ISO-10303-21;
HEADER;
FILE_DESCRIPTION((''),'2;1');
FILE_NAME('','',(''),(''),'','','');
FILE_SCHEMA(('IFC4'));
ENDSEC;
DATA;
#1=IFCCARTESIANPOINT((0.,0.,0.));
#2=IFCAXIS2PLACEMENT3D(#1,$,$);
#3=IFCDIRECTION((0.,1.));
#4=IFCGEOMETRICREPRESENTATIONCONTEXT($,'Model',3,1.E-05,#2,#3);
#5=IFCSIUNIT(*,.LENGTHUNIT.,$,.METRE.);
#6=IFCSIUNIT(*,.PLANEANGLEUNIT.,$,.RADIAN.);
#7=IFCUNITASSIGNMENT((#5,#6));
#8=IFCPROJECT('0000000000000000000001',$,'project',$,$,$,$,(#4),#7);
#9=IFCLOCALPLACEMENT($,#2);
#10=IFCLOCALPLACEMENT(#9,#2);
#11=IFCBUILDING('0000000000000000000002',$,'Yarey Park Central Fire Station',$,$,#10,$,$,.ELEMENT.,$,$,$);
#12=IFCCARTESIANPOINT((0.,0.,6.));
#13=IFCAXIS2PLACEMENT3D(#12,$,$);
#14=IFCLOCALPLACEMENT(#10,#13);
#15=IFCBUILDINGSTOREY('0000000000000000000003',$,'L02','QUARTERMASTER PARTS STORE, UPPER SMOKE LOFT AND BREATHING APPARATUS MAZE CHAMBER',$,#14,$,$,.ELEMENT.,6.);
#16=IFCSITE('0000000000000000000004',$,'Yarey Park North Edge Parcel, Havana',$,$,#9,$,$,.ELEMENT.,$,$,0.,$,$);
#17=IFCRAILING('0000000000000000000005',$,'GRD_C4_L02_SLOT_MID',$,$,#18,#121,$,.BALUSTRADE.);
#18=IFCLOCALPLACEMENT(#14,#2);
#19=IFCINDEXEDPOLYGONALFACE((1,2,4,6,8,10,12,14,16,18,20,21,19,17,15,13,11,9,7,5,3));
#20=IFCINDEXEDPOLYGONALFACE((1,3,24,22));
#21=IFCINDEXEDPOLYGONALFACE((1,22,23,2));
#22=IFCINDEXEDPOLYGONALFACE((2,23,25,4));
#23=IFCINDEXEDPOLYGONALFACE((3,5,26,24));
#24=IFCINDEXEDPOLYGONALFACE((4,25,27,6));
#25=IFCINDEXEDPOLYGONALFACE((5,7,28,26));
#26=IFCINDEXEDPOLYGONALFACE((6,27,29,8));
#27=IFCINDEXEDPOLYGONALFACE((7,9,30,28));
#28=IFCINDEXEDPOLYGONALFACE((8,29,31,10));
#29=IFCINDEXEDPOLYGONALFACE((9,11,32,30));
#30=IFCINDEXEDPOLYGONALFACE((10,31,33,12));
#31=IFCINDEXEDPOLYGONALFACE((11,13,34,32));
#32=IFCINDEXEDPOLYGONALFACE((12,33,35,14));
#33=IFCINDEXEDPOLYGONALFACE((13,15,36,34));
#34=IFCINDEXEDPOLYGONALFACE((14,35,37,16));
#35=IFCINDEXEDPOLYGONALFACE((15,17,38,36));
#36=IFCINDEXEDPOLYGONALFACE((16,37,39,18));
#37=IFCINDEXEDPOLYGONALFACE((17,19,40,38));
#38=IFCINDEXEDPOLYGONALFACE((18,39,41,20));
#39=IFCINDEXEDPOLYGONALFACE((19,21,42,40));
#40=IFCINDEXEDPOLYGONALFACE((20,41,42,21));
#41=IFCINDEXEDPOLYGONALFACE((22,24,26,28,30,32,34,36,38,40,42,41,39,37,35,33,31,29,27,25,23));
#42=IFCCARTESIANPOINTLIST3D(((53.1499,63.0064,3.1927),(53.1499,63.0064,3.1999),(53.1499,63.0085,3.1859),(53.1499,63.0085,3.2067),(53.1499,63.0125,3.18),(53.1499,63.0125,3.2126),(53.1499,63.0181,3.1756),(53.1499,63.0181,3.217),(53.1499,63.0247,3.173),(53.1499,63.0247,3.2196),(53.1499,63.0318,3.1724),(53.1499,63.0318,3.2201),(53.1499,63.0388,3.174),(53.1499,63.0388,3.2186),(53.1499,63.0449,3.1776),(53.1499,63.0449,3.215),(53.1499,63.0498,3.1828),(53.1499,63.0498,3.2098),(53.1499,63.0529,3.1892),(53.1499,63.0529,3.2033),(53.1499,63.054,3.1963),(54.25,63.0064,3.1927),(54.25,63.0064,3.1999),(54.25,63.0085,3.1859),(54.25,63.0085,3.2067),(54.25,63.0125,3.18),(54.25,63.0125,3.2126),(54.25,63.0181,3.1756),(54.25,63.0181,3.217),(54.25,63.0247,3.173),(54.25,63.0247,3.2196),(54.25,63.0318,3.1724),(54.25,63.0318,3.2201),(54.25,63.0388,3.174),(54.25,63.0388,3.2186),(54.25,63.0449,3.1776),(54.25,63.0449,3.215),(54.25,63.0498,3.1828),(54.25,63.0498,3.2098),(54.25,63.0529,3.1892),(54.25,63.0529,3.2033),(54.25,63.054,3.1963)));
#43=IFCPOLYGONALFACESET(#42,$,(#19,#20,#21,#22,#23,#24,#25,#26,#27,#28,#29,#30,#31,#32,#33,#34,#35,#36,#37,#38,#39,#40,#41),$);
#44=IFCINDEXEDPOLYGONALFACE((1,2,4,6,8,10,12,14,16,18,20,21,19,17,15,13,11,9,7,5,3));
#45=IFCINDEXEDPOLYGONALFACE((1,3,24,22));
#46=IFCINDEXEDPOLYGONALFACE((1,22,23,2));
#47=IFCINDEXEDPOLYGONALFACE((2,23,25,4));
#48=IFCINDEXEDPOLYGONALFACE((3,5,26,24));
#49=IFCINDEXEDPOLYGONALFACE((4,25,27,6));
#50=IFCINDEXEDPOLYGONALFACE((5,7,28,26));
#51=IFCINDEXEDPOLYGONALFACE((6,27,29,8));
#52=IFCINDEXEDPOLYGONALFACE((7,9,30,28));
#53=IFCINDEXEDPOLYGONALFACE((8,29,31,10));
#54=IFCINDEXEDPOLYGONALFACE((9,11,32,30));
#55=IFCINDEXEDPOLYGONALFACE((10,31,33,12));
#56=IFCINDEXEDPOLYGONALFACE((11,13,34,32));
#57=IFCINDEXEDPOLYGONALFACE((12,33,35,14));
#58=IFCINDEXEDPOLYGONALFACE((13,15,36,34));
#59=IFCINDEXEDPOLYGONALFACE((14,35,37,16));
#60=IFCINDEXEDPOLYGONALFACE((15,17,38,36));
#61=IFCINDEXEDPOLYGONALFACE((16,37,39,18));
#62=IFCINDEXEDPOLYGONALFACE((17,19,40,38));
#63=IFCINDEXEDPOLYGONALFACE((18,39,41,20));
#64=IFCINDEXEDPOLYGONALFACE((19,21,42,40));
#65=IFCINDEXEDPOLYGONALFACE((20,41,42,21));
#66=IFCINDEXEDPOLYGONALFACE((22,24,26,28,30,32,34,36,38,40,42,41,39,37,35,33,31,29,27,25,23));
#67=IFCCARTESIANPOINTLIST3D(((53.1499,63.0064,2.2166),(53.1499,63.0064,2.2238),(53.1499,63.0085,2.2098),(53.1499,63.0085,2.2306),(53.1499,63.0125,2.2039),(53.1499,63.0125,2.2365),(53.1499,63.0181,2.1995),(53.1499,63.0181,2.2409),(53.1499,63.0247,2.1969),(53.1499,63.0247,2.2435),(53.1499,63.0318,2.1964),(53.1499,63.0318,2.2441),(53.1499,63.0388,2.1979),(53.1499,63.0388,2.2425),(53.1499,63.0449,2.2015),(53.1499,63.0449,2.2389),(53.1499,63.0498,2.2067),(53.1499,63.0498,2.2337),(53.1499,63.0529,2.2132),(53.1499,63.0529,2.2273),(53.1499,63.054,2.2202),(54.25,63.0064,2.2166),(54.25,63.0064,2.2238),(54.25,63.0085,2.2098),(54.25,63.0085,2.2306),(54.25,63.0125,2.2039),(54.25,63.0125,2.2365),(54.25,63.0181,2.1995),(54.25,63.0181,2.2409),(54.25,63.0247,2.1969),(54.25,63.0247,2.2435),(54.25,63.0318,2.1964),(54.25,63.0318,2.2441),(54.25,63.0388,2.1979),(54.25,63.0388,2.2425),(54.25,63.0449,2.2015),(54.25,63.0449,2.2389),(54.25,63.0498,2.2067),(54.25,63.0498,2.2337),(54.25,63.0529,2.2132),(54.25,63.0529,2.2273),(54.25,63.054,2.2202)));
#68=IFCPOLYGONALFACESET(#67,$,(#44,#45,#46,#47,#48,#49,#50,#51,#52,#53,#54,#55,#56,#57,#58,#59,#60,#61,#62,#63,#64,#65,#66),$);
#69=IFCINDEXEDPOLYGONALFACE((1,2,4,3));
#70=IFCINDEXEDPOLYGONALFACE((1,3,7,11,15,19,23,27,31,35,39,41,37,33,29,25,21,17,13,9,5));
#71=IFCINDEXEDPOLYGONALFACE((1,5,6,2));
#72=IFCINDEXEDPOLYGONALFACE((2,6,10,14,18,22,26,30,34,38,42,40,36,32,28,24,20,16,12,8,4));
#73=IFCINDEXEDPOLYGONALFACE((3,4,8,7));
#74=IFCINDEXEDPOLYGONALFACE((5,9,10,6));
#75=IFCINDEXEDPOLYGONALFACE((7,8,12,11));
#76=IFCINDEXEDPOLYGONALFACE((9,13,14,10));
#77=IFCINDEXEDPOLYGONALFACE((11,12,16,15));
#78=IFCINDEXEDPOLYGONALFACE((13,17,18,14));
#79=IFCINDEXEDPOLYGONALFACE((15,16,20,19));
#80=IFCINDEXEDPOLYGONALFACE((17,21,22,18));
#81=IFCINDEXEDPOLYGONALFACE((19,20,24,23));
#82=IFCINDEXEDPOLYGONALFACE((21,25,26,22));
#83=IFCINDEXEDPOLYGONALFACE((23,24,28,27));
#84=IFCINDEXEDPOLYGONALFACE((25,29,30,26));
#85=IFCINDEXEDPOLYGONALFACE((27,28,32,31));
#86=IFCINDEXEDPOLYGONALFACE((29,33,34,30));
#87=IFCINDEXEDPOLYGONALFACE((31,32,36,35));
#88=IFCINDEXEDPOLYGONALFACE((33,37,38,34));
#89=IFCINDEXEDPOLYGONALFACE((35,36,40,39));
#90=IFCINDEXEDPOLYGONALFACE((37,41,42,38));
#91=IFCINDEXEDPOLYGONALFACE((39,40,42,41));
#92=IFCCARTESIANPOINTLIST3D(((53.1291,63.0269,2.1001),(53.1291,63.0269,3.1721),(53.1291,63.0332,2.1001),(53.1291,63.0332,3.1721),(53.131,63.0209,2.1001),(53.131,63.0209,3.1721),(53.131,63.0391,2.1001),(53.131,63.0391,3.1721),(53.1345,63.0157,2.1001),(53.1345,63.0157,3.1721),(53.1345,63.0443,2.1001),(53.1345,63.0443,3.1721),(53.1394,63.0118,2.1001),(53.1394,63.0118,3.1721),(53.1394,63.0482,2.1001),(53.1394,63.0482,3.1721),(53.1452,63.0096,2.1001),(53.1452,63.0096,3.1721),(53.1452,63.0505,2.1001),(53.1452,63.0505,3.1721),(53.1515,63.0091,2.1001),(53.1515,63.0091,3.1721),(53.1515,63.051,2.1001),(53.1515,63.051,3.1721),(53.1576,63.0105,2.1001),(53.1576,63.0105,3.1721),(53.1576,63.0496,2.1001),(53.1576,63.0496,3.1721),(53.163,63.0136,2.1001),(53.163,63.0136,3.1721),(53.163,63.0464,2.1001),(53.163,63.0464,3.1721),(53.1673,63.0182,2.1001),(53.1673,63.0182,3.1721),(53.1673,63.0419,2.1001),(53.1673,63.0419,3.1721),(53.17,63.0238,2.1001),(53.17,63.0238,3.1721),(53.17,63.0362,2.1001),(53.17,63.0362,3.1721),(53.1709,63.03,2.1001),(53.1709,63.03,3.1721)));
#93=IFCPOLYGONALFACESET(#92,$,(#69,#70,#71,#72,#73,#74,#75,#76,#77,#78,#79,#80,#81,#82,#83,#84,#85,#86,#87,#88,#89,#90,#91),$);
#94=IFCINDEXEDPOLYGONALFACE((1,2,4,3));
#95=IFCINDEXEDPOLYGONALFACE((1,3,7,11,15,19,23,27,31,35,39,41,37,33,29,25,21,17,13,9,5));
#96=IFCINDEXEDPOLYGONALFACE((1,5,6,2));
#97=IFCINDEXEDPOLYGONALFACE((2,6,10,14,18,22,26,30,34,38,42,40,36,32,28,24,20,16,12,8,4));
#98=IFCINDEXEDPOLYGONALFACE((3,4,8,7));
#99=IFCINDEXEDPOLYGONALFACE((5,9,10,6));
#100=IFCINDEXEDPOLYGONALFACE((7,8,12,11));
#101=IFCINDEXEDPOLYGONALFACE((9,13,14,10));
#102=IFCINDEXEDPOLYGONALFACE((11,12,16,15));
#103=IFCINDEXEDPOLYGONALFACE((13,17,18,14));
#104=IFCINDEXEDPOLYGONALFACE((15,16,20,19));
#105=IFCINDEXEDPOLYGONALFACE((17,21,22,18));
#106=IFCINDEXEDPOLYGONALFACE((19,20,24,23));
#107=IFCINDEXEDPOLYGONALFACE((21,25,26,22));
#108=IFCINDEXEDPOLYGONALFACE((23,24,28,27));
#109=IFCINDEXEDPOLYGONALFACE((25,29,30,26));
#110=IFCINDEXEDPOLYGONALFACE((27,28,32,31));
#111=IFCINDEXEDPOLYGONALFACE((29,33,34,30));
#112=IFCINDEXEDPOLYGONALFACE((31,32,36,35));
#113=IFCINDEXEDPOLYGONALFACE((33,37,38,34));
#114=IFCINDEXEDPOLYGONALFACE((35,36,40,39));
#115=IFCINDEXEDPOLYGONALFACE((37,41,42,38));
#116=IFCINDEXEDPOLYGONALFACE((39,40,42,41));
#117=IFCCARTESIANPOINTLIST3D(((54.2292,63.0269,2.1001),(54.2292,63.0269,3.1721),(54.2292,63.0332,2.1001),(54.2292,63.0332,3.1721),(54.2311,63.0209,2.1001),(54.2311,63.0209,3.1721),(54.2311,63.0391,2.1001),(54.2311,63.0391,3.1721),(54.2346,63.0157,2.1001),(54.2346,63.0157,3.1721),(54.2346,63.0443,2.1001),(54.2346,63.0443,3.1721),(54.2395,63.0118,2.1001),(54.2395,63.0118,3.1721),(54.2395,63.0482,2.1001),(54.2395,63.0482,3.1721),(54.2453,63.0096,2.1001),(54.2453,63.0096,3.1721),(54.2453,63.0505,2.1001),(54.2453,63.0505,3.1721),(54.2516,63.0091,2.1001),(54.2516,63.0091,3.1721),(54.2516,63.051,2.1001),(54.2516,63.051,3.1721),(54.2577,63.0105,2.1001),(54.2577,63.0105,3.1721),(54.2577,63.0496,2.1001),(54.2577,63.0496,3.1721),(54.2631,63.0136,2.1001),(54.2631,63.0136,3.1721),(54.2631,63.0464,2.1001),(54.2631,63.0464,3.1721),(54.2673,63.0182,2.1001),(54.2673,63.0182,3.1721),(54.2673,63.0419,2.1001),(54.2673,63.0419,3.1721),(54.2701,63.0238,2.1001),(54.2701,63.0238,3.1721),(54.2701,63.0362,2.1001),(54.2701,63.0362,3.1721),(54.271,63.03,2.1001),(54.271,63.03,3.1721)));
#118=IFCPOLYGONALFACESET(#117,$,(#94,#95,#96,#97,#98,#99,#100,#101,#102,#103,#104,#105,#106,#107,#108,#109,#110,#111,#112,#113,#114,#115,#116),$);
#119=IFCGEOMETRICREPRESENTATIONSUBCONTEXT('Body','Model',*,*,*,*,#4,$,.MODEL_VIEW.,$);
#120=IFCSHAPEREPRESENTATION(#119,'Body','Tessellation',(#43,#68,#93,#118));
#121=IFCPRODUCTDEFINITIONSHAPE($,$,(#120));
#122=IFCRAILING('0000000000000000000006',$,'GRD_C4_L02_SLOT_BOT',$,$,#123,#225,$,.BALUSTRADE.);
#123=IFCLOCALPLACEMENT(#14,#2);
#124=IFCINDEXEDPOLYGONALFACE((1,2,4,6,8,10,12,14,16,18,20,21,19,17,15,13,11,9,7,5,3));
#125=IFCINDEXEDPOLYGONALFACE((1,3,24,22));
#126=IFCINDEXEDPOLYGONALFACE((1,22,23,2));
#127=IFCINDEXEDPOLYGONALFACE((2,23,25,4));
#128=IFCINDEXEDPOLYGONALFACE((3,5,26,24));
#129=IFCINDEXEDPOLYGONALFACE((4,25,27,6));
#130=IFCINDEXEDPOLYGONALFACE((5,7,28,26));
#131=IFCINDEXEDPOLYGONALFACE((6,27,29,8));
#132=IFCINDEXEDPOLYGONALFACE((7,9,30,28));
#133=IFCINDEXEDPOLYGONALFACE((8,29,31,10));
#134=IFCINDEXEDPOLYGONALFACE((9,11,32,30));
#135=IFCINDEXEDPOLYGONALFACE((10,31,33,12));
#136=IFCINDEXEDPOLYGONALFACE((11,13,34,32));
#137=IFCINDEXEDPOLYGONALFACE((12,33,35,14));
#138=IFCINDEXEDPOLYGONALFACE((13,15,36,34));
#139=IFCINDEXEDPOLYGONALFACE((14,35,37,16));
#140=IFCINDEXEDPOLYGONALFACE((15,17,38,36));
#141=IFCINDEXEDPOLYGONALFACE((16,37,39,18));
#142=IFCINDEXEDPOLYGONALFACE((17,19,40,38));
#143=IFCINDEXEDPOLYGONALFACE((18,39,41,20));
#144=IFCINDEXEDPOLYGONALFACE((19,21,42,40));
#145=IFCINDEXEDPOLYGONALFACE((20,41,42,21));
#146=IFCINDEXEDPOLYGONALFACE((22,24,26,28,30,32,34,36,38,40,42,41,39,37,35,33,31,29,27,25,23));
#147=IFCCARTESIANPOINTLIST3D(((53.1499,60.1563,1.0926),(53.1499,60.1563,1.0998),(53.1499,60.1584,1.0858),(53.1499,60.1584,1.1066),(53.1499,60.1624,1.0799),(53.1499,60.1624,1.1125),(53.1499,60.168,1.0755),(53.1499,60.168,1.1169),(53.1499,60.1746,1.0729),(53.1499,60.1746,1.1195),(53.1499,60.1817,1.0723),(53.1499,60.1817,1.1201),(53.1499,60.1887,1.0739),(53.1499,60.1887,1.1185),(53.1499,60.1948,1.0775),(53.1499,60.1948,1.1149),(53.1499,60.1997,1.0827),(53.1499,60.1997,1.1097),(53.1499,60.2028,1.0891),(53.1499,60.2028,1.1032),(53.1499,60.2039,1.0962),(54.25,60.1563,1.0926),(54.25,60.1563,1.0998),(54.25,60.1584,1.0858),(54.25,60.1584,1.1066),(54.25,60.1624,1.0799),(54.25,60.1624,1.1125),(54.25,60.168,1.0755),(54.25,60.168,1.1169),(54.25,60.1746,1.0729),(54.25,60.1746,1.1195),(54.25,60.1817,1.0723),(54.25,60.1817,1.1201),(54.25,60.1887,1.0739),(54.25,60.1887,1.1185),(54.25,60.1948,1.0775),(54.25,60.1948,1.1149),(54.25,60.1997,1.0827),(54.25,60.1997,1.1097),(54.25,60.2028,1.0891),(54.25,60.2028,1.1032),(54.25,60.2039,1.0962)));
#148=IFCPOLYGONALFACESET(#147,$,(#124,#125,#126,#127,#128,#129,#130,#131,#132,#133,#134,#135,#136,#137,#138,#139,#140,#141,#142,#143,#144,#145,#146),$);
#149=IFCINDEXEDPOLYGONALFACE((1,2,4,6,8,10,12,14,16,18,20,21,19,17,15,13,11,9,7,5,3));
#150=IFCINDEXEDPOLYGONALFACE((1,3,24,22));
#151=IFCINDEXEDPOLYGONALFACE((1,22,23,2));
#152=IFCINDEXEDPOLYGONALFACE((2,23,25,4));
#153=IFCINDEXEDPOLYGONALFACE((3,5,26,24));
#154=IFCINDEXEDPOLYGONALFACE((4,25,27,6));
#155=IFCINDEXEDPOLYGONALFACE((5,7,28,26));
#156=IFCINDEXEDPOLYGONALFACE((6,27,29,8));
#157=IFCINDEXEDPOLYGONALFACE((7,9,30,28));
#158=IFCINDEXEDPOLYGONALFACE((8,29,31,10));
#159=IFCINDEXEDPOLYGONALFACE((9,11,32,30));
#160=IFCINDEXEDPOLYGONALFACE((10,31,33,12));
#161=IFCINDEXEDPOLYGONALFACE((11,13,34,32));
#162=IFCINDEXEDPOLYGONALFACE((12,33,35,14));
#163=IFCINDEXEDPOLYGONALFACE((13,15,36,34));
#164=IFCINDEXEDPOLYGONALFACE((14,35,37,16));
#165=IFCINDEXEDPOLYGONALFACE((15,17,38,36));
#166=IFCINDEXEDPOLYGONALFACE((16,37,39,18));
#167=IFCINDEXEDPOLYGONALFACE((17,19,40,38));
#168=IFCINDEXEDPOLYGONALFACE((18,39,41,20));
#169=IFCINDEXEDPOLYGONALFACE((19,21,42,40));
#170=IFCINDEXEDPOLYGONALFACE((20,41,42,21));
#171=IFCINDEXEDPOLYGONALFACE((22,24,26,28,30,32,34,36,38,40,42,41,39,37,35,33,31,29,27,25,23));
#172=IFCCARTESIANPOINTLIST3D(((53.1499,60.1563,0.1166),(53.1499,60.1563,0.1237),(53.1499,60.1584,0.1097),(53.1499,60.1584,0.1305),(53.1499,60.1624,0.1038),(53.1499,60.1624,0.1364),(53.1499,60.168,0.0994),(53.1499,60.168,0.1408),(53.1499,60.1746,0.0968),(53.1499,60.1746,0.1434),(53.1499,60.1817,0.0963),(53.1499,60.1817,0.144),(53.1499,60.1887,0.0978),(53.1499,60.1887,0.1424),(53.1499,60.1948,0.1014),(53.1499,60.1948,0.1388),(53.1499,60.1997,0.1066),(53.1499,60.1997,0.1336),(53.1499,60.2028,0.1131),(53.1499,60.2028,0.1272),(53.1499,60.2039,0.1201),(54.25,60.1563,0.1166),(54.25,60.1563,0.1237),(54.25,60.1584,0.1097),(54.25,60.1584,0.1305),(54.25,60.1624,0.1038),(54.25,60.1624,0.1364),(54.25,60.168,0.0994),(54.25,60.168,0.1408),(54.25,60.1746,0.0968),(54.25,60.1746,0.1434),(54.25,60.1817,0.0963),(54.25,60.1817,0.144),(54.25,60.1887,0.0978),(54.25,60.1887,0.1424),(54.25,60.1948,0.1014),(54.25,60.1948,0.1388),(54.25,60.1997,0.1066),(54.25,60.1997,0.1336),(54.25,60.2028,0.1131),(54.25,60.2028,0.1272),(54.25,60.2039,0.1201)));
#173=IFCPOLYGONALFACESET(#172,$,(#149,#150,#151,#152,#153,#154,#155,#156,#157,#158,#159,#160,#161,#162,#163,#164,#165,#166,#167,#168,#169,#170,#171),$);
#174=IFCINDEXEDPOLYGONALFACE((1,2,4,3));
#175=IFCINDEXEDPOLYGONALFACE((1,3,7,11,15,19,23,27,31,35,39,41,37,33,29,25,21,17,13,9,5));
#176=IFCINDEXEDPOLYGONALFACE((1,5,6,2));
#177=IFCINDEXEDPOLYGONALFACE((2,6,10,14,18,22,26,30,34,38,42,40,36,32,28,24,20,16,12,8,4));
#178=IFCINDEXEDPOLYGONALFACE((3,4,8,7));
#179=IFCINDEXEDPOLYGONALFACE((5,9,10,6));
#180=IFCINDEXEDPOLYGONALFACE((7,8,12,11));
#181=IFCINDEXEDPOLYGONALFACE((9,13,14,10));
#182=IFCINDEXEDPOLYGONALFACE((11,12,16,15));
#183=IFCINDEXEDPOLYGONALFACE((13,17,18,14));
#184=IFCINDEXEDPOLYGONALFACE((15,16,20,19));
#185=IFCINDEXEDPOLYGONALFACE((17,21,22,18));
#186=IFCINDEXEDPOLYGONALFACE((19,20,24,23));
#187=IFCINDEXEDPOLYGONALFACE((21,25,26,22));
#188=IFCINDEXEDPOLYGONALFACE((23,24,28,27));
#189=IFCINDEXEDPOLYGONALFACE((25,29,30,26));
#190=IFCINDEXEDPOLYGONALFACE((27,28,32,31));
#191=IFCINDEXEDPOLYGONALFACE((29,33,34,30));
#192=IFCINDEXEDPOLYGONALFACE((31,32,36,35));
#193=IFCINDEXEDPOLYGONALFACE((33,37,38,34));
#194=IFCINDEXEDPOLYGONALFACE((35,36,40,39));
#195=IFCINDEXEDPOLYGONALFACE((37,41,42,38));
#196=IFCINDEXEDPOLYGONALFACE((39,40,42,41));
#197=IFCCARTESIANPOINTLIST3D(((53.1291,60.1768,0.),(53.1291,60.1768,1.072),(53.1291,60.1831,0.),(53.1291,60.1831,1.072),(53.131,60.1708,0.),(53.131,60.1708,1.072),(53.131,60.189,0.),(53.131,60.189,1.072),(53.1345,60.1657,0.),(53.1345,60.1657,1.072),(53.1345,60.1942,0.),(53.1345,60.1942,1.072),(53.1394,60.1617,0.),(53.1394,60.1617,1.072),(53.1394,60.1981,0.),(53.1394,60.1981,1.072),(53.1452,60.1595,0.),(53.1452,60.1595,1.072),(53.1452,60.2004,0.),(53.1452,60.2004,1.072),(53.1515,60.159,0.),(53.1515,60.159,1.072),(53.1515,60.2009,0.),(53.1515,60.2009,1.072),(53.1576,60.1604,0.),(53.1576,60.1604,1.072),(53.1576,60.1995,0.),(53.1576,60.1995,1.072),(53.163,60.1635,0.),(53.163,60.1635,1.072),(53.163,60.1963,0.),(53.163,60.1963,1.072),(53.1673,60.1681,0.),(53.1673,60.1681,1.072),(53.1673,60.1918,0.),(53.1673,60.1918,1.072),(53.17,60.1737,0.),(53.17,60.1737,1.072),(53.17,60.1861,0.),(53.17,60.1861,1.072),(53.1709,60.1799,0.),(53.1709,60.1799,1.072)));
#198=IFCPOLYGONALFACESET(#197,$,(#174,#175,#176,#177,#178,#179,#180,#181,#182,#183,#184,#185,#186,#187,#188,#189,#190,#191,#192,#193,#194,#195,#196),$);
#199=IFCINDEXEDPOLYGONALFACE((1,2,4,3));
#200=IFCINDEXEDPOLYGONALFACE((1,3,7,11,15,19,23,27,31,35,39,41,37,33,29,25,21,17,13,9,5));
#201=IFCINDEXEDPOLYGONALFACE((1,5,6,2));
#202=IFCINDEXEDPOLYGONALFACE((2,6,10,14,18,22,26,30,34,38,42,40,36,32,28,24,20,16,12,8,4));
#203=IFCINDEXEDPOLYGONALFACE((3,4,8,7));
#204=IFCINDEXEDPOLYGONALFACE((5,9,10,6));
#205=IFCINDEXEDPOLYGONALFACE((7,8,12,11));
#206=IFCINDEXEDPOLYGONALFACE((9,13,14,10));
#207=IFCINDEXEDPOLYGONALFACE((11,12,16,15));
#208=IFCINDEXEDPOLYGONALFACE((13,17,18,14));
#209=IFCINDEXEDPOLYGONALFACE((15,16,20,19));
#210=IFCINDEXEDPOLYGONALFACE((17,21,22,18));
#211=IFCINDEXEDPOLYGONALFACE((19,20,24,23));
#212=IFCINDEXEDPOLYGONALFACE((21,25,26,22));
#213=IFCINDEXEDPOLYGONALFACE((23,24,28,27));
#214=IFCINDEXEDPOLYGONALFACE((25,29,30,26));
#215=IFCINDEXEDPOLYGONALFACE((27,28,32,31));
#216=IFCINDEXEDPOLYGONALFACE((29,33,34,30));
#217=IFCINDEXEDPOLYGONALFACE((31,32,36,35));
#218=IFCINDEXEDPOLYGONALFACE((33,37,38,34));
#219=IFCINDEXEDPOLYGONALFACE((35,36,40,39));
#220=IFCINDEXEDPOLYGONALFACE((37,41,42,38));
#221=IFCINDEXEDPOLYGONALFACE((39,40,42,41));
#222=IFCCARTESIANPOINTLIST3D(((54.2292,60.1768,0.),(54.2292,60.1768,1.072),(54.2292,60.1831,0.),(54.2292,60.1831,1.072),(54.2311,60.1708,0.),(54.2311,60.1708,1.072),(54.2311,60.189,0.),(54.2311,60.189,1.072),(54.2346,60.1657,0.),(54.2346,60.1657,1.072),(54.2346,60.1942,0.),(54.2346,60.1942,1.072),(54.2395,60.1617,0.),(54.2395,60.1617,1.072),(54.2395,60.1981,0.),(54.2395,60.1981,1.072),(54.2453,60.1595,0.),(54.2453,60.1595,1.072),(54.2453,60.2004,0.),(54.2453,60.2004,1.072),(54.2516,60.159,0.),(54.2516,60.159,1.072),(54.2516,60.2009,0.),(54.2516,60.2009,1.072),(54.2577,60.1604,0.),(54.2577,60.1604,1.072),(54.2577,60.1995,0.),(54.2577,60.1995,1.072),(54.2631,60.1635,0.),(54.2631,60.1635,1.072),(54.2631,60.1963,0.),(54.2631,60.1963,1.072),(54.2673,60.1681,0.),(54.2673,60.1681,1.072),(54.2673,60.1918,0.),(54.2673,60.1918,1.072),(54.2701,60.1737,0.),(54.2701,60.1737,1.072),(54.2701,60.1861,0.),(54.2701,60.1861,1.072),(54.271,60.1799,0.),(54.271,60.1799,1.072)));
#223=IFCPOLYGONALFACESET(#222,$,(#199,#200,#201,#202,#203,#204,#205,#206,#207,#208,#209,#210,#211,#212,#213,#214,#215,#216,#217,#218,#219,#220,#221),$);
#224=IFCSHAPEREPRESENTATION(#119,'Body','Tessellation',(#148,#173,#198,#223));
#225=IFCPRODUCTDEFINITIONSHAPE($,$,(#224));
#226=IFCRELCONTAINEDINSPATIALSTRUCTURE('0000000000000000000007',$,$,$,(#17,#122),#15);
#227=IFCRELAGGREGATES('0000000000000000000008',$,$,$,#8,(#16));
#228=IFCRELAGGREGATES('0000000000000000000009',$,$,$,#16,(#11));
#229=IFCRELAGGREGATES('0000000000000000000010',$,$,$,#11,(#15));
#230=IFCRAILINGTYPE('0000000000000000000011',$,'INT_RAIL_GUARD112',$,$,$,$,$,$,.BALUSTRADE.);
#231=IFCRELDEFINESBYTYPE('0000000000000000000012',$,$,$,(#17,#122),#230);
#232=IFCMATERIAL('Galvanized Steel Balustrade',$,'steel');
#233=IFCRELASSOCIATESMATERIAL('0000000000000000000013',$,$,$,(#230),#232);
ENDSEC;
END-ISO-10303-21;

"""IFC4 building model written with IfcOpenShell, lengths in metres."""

from ifc_helpers import new_model, si_unit, direction, frame, origin, origin_2d, place, context, subcontext, project, spatial, circle, extrude, material, type_object, element, save


model = new_model("IFC4")

# Units and contexts
model_context = context("Model", 3, precision=1e-05, world=origin(), true_north=direction((0.0, 1.0)))
body_context = subcontext(model_context, "Body", "Model", "MODEL_VIEW")
ifc_project = project(units=[si_unit("LENGTHUNIT", "METRE"), si_unit("PLANEANGLEUNIT", "RADIAN")], contexts=[model_context])

# Site, building, storey
site_placement = place(None, origin())
site = spatial("IfcSite", under=ifc_project, at=site_placement, Name="Yarey Park North Edge Parcel, Havana", CompositionType="ELEMENT", RefElevation=0.0)
building_placement = place(site_placement, origin())
building = spatial("IfcBuilding", under=site, at=building_placement, Name="Yarey Park Central Fire Station", CompositionType="ELEMENT")
storey_placement = place(building_placement, frame((0.0, 0.0, 6.0)))
storey = spatial("IfcBuildingStorey", under=building, at=storey_placement, Name="L02", Description="QUARTERMASTER PARTS STORE, UPPER SMOKE LOFT AND BREATHING APPARATUS MAZE CHAMBER", CompositionType="ELEMENT", Elevation=6.0)

# Railings
ifc_material_1 = material(Name="Galvanized Steel Balustrade", Category="steel")
railing_type_1 = type_object("IfcRailingType", Name="INT_RAIL_GUARD112", PredefinedType="BALUSTRADE", material=ifc_material_1)
for number, where, name in (
    (1, (53.1499, 63.03, 2.1001), "GRD_C4_L02_SLOT_MID"),
    (2, (53.1499, 60.1799, 0.0), "GRD_C4_L02_SLOT_BOT"),
):
    element("IfcRailing", number, at=place(storey_placement, frame(where)), inside=storey, type_object=railing_type_1, Name=name, PredefinedType="BALUSTRADE", context=body_context, shape_type="SweptSolid", body=[
        extrude(circle(Radius=0.0239, at=origin_2d()), frame((0.0, 0.0, 1.0962), z_axis=(1.0, 0.0, 0.0), x_axis=(0.0, 1.0, 0.0)), (0.0, 0.0, 1.0), 1.1001),
        extrude(circle(Radius=0.0239, at=origin_2d()), frame((0.0, 0.0, 0.1201), z_axis=(1.0, 0.0, 0.0), x_axis=(0.0, 1.0, 0.0)), (0.0, 0.0, 1.0), 1.1001),
        extrude(circle(Radius=0.021, at=origin_2d()), origin(), (0.0, 0.0, 1.0), 1.072),
        extrude(circle(Radius=0.021, at=origin_2d()), frame((1.1001, 0.0, 0.0)), (0.0, 0.0, 1.0), 1.072),
    ])

save(model, "model.ifc")
